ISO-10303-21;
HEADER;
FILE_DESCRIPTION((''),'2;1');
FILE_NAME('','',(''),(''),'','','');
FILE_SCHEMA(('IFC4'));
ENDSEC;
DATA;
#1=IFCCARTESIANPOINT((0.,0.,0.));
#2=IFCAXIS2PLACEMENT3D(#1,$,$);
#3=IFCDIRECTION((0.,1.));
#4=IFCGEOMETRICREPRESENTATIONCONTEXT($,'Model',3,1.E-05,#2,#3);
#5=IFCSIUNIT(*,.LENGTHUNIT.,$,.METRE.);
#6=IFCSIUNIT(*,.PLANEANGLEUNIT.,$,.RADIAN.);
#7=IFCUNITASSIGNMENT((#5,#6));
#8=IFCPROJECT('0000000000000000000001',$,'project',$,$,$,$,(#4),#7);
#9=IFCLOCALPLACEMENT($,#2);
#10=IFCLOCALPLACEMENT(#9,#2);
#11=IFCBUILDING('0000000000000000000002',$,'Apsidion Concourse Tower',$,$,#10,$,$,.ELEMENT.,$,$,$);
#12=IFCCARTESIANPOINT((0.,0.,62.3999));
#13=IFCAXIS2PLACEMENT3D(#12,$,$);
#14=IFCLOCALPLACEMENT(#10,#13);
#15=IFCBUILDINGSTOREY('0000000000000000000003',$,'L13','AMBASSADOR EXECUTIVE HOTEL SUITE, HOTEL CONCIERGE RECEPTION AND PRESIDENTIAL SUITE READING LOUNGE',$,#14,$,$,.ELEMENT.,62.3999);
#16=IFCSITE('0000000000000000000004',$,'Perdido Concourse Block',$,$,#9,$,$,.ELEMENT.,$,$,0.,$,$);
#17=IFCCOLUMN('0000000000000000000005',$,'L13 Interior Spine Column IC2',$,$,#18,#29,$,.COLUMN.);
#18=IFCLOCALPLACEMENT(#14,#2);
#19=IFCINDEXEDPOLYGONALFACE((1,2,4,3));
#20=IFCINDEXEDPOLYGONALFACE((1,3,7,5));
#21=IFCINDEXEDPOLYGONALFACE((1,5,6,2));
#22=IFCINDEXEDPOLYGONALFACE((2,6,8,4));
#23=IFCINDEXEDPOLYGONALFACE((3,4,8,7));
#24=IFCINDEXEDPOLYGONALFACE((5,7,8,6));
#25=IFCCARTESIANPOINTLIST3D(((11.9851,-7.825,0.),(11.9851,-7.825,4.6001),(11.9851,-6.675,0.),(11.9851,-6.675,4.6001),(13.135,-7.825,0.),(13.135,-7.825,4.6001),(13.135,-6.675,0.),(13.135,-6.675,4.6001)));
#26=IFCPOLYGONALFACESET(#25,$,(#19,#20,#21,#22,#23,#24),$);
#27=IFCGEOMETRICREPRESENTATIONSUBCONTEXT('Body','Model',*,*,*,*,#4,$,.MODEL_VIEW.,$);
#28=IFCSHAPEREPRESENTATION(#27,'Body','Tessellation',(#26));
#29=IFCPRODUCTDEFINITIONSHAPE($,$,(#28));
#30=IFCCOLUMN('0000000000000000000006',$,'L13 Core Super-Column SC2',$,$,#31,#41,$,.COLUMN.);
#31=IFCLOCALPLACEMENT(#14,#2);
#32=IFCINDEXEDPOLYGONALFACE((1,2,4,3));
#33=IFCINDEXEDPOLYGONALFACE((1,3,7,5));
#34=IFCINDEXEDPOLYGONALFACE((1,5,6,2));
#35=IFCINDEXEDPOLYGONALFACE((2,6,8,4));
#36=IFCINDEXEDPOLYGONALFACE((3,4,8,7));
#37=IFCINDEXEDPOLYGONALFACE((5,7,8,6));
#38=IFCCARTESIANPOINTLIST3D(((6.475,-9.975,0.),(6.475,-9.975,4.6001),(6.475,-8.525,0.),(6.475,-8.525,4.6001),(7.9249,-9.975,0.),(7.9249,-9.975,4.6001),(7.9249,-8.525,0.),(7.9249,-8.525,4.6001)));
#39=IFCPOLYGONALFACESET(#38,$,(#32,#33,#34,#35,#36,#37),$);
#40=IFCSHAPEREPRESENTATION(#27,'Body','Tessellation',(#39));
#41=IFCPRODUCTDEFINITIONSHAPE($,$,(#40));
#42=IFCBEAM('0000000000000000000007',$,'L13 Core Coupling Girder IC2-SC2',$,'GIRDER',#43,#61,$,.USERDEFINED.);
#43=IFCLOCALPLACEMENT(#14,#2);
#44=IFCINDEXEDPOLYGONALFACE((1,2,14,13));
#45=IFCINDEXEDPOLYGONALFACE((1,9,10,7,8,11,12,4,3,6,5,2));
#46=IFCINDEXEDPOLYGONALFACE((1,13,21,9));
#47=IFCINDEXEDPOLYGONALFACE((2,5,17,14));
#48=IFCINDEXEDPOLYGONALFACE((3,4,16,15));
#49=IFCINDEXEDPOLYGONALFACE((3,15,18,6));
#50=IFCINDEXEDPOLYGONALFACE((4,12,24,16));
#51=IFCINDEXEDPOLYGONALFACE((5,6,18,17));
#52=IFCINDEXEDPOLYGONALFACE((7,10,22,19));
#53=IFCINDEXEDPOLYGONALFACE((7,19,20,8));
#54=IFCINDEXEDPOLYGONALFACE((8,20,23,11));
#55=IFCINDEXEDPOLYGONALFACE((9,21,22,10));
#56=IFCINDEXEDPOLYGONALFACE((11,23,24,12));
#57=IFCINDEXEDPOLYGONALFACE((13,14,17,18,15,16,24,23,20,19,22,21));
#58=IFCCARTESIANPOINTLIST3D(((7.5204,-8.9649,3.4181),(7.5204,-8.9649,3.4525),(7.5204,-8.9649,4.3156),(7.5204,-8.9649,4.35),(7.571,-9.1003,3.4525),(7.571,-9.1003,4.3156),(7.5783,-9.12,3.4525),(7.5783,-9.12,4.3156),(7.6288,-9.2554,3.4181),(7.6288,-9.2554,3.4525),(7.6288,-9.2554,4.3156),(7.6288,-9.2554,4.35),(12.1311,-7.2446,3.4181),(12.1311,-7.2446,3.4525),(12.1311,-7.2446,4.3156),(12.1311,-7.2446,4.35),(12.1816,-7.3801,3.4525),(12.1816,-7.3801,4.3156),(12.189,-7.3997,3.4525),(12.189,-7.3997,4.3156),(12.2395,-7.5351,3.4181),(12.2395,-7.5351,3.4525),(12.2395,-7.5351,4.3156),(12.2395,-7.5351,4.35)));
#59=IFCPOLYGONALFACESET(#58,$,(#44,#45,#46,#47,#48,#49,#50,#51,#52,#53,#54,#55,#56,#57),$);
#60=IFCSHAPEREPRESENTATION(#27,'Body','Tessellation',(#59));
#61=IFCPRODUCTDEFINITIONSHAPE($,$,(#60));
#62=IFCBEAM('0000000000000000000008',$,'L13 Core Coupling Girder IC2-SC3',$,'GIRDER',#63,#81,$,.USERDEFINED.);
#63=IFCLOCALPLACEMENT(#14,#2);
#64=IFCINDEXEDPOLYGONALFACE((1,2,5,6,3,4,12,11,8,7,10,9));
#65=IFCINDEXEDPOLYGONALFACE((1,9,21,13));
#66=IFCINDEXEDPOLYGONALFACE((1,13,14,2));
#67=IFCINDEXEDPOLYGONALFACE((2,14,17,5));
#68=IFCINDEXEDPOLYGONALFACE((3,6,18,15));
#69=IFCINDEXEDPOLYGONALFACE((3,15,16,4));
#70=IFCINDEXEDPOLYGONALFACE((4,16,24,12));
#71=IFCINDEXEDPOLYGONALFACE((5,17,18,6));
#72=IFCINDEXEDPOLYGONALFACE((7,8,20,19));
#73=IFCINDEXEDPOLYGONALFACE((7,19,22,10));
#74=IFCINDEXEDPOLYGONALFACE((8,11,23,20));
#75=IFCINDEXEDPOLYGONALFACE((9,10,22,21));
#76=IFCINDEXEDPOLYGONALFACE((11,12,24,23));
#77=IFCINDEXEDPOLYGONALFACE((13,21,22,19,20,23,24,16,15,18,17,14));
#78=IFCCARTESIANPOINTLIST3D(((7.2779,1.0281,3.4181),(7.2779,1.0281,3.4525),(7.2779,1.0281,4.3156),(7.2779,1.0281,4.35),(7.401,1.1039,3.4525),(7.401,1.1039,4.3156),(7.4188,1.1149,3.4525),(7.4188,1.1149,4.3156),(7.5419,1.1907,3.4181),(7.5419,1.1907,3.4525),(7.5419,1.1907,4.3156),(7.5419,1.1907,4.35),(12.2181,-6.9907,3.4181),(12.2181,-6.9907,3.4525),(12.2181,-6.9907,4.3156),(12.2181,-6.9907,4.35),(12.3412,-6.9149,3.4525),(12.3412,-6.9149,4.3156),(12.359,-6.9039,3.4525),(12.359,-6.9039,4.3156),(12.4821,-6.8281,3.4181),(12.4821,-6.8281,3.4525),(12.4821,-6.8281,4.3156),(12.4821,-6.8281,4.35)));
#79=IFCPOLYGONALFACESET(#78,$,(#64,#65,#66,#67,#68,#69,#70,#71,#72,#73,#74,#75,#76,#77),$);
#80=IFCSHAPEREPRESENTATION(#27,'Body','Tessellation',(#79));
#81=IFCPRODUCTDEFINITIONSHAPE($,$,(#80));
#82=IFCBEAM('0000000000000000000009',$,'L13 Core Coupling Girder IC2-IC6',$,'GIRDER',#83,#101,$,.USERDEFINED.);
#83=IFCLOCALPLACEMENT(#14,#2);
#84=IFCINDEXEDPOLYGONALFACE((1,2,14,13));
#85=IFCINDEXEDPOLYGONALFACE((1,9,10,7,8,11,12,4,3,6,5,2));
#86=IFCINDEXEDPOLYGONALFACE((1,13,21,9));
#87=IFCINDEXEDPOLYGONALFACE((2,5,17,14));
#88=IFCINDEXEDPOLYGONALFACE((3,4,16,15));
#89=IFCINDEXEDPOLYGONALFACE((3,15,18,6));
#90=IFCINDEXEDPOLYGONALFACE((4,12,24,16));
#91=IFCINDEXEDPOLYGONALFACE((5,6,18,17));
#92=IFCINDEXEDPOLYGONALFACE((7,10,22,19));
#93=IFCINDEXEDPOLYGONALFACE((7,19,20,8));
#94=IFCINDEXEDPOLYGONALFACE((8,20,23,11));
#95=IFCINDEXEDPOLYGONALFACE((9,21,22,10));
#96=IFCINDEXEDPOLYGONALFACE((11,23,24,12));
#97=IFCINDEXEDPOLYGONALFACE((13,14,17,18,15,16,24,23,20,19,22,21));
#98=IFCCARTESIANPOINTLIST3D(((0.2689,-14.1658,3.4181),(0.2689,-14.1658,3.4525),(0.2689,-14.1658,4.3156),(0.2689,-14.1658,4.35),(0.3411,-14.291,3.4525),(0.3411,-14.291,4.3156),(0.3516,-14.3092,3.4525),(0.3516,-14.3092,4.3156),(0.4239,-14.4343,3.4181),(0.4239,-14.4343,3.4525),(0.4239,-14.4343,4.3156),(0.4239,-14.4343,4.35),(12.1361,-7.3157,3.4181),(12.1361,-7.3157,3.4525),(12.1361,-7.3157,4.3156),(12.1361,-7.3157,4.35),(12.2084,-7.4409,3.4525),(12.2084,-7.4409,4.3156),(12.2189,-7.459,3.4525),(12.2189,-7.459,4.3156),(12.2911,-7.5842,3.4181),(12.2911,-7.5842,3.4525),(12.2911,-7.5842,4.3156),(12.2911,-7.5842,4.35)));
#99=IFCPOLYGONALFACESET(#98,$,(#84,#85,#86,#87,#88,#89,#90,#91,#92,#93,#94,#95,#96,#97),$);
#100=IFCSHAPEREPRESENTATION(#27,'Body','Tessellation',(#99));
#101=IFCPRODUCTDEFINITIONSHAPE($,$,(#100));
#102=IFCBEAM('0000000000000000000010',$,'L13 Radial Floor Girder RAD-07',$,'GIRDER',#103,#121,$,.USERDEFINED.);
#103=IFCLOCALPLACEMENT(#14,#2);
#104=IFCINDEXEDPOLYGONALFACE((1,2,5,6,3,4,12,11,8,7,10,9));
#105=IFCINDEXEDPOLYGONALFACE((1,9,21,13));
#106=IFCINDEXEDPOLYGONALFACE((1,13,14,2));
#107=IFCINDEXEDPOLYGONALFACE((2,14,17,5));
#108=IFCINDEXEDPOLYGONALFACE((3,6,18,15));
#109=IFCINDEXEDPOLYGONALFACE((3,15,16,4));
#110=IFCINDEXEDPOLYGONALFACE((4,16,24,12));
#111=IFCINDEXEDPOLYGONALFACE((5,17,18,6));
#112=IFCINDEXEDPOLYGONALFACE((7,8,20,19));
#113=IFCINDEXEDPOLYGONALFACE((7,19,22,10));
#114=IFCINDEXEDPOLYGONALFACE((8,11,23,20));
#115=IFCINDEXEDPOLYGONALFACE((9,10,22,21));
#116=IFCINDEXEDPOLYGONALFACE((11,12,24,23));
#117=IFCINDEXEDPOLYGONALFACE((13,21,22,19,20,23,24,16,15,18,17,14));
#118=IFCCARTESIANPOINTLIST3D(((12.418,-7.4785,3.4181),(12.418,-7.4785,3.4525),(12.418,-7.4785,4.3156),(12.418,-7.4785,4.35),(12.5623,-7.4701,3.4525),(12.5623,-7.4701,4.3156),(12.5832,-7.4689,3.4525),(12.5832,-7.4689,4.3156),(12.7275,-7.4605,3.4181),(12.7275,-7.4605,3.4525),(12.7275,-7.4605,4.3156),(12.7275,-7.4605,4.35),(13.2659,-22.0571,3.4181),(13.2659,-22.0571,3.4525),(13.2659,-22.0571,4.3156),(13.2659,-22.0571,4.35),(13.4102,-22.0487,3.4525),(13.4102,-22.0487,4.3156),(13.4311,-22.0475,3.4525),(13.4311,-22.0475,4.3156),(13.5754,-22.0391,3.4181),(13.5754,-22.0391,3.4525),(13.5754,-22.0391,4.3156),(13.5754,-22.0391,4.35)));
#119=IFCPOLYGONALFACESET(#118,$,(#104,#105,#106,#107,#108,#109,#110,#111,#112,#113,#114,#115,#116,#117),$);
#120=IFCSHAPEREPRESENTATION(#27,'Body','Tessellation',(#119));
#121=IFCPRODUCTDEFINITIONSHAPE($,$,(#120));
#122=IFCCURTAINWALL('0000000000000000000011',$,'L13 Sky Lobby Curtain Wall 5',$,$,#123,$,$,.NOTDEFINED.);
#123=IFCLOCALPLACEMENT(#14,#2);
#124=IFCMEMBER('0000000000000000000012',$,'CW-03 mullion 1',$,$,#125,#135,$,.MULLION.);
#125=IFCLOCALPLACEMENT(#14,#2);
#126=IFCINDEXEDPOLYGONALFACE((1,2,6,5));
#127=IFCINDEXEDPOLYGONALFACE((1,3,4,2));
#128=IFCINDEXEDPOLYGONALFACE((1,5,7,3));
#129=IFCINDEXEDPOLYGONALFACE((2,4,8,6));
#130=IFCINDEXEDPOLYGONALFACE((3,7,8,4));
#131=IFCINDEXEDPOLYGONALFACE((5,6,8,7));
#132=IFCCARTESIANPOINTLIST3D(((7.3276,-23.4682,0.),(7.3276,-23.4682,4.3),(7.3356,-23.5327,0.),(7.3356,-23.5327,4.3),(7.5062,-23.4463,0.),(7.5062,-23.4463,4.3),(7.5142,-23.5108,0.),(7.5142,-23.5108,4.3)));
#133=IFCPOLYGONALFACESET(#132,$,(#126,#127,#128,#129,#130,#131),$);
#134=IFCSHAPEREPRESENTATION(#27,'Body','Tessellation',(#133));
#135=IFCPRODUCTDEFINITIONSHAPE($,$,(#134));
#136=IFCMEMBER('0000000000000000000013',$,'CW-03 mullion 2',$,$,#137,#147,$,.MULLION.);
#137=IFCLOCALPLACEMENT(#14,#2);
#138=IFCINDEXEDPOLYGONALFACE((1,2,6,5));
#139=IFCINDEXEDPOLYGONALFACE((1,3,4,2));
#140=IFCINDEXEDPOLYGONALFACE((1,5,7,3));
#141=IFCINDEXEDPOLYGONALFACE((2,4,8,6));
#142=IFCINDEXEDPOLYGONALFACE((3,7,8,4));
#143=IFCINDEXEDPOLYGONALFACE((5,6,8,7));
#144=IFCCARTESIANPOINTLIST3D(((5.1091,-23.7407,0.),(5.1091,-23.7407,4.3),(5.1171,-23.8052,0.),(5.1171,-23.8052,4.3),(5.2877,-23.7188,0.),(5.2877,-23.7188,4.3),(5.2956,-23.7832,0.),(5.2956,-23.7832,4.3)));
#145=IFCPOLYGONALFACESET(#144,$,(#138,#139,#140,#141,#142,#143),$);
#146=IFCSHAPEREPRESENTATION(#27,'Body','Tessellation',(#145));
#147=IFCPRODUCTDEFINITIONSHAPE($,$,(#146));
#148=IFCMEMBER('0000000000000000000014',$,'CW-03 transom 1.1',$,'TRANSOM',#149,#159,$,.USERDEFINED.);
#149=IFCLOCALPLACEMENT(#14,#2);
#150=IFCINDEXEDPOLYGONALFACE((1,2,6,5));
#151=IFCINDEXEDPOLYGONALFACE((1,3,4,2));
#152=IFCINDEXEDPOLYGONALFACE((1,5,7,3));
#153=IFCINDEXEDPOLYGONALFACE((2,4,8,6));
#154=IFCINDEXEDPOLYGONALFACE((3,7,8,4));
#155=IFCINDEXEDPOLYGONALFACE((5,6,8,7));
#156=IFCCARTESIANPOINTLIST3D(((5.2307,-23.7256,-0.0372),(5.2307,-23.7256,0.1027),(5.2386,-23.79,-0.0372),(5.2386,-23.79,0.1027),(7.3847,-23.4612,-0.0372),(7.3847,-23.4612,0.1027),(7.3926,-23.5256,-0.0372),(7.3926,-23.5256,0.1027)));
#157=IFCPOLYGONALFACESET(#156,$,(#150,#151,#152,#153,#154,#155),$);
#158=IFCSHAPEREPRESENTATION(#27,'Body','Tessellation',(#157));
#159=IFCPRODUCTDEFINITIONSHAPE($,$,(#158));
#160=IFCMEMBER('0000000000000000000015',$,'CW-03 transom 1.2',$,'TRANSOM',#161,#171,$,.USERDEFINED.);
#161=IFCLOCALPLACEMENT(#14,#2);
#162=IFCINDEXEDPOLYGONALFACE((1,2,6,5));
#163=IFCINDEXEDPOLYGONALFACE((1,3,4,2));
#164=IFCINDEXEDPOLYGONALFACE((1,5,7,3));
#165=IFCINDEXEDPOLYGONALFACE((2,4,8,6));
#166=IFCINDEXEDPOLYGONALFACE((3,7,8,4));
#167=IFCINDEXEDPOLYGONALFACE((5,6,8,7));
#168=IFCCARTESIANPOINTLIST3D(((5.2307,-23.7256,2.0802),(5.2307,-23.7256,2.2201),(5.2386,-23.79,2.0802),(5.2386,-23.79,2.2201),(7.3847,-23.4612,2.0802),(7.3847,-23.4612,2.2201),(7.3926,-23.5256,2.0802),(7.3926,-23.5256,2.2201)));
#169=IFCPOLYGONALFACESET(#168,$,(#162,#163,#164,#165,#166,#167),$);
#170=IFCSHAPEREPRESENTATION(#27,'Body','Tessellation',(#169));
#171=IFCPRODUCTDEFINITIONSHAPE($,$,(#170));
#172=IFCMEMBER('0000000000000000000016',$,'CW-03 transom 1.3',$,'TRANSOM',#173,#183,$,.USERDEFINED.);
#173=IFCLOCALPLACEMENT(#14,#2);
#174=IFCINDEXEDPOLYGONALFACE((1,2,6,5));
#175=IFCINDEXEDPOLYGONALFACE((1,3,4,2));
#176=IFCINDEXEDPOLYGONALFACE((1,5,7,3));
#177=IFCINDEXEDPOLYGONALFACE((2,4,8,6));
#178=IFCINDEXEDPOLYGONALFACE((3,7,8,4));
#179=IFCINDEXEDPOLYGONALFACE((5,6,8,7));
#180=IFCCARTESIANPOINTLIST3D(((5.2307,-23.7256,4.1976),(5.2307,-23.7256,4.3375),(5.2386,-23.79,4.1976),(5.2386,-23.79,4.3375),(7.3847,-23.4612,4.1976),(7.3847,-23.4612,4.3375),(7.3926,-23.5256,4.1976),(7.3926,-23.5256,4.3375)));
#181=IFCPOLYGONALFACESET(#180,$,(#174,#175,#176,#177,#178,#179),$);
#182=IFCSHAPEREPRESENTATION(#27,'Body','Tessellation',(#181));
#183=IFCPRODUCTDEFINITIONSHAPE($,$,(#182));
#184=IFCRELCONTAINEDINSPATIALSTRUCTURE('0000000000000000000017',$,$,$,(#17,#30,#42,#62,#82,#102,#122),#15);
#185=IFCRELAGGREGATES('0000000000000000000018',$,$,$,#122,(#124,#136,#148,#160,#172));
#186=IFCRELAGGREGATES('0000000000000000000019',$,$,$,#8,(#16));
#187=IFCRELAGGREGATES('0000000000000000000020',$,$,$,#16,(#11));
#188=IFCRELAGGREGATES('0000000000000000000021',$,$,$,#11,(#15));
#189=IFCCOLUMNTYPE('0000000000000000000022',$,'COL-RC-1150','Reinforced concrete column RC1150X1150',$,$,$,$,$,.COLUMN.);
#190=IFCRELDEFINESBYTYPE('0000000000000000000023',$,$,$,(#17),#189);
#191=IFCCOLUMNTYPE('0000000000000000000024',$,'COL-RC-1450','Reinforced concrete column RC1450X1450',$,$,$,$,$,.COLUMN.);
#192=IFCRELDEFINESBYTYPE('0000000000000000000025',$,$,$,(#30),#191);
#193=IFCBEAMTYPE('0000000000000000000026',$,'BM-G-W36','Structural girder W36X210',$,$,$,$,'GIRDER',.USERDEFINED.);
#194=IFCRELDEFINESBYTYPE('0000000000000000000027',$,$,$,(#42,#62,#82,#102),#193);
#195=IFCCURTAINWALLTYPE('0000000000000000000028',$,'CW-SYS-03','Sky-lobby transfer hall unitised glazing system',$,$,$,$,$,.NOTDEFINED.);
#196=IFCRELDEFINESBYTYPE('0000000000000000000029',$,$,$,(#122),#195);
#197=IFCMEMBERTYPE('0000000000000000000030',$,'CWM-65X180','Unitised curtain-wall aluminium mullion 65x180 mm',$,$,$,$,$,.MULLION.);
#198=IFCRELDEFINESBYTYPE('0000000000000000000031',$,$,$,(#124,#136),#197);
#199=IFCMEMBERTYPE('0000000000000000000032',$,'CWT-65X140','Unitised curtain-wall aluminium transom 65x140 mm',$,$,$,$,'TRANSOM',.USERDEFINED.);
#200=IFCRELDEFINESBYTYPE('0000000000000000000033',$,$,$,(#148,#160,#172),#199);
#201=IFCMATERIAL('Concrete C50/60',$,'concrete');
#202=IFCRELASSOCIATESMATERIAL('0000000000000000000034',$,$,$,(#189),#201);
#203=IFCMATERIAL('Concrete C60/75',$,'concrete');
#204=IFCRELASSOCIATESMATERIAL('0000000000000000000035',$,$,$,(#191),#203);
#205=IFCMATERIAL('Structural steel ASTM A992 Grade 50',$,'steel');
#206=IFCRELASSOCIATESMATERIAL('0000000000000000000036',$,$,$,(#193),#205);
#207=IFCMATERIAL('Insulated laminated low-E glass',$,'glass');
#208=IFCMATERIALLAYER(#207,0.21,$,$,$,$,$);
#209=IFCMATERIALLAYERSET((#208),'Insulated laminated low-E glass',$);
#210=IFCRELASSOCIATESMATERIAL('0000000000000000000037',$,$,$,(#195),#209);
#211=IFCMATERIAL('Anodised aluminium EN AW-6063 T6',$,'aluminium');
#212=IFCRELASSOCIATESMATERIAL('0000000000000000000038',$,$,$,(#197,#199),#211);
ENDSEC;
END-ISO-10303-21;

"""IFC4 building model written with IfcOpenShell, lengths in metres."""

from ifc_helpers import new_model, si_unit, direction, frame, origin, origin_2d, place, context, subcontext, project, spatial, rectangle, i_section, extrude, material, layer, layer_set, material_profile, profile_set, type_object, element, aggregate, save


model = new_model("IFC4")

# Units and contexts
model_context = context("Model", 3, precision=1e-05, world=origin(), true_north=direction((0.0, 1.0)))
body_context = subcontext(model_context, "Body", "Model", "MODEL_VIEW")
ifc_project = project(units=[si_unit("LENGTHUNIT", "METRE"), si_unit("PLANEANGLEUNIT", "RADIAN")], contexts=[model_context])

# Site, building, storey
site_placement = place(None, origin())
site = spatial("IfcSite", under=ifc_project, at=site_placement, Name="Perdido Concourse Block", CompositionType="ELEMENT", RefElevation=0.0)
building_placement = place(site_placement, origin())
building = spatial("IfcBuilding", under=site, at=building_placement, Name="Apsidion Concourse Tower", CompositionType="ELEMENT")
storey_placement = place(building_placement, frame((0.0, 0.0, 62.3999)))
storey = spatial("IfcBuildingStorey", under=building, at=storey_placement, Name="L13", Description="AMBASSADOR EXECUTIVE HOTEL SUITE, HOTEL CONCIERGE RECEPTION AND PRESIDENTIAL SUITE READING LOUNGE", CompositionType="ELEMENT", Elevation=62.3999)

# Columns
ifc_material_1 = material(Name="Concrete C50/60", Category="concrete")
ifc_material_profile_1 = material_profile(ifc_material_1, rectangle(XDim=1.1499, YDim=1.1499, at=origin_2d()), Name="RC 1150x1150")
ifc_profile_set_1 = profile_set([ifc_material_profile_1], Name="Concrete C50/60")
column_type_1 = type_object("IfcColumnType", Name="COL-RC-1150", Description="Reinforced concrete column RC1150X1150", PredefinedType="COLUMN", material=ifc_profile_set_1)
column_1_placement = place(storey_placement, frame((12.5601, -7.25, 0.0), z_axis=(0.0, 0.0, 1.0), x_axis=(1.0, 0.0, 0.0)))
element("IfcColumn", 1, at=column_1_placement, inside=storey, type_object=column_type_1, Name="L13 Interior Spine Column IC2", PredefinedType="COLUMN", context=body_context, shape_type="SweptSolid", body=[
    extrude(rectangle(XDim=1.1499, YDim=1.1499, at=origin_2d()), origin(), (0.0, 0.0, 1.0), 4.6001),
])
ifc_material_2 = material(Name="Concrete C60/75", Category="concrete")
ifc_material_profile_2 = material_profile(ifc_material_2, rectangle(XDim=1.45, YDim=1.45, at=origin_2d()), Name="RC 1450x1450")
ifc_profile_set_2 = profile_set([ifc_material_profile_2], Name="Concrete C60/75")
column_type_2 = type_object("IfcColumnType", Name="COL-RC-1450", Description="Reinforced concrete column RC1450X1450", PredefinedType="COLUMN", material=ifc_profile_set_2)
column_2_placement = place(storey_placement, frame((7.2, -9.25, 0.0), z_axis=(0.0, 0.0, 1.0), x_axis=(1.0, 0.0, 0.0)))
element("IfcColumn", 2, at=column_2_placement, inside=storey, type_object=column_type_2, Name="L13 Core Super-Column SC2", PredefinedType="COLUMN", context=body_context, shape_type="SweptSolid", body=[
    extrude(rectangle(XDim=1.45, YDim=1.45, at=origin_2d()), origin(), (0.0, 0.0, 1.0), 4.6001),
])

# Beams
ifc_material_3 = material(Name="Structural steel ASTM A992 Grade 50", Category="steel")
ifc_material_profile_3 = material_profile(ifc_material_3, i_section(OverallWidth=0.3101, OverallDepth=0.9319, WebThickness=0.021, FlangeThickness=0.0344, at=origin_2d()), Name="W36X210")
ifc_profile_set_3 = profile_set([ifc_material_profile_3], Name="Structural steel ASTM A992 Grade 50")
beam_type = type_object("IfcBeamType", Name="BM-G-W36", Description="Structural girder W36X210", ElementType="GIRDER", PredefinedType="USERDEFINED", material=ifc_profile_set_3)
beam_1_placement = place(storey_placement, frame((12.1853, -7.3899, 3.884), z_axis=(-0.936913, -0.349563, 0.0), x_axis=(0.349563, -0.936913, 0.0)))
element("IfcBeam", 3, at=beam_1_placement, inside=storey, type_object=beam_type, Name="L13 Core Coupling Girder IC2-SC2", ObjectType="GIRDER", PredefinedType="USERDEFINED", context=body_context, shape_type="SweptSolid", body=[
    extrude(i_section(OverallWidth=0.3101, OverallDepth=0.9319, WebThickness=0.021, FlangeThickness=0.0344, at=origin_2d()), origin(), (0.0, 0.0, 1.0), 4.9211),
])
beam_2_placement = place(storey_placement, frame((12.3501, -6.9094, 3.884), z_axis=(-0.524524, 0.851396, 0.0), x_axis=(-0.851396, -0.524524, 0.0)))
element("IfcBeam", 4, at=beam_2_placement, inside=storey, type_object=beam_type, Name="L13 Core Coupling Girder IC2-SC3", ObjectType="GIRDER", PredefinedType="USERDEFINED", context=body_context, shape_type="SweptSolid", body=[
    extrude(i_section(OverallWidth=0.3101, OverallDepth=0.9319, WebThickness=0.021, FlangeThickness=0.0344, at=origin_2d()), origin(), (0.0, 0.0, 1.0), 9.4185),
])
beam_3_placement = place(storey_placement, frame((12.2136, -7.45, 3.884), z_axis=(-0.86607, -0.499922, 0.0), x_axis=(0.499922, -0.86607, 0.0)))
element("IfcBeam", 5, at=beam_3_placement, inside=storey, type_object=beam_type, Name="L13 Core Coupling Girder IC2-IC6", ObjectType="GIRDER", PredefinedType="USERDEFINED", context=body_context, shape_type="SweptSolid", body=[
    extrude(i_section(OverallWidth=0.3101, OverallDepth=0.9319, WebThickness=0.021, FlangeThickness=0.0344, at=origin_2d()), origin(), (0.0, 0.0, 1.0), 13.7024),
])
beam_4_placement = place(storey_placement, frame((12.5728, -7.4695, 3.884), z_axis=(0.058062, -0.998313, 0.0), x_axis=(0.998313, 0.058062, 0.0)))
element("IfcBeam", 6, at=beam_4_placement, inside=storey, type_object=beam_type, Name="L13 Radial Floor Girder RAD-07", ObjectType="GIRDER", PredefinedType="USERDEFINED", context=body_context, shape_type="SweptSolid", body=[
    extrude(i_section(OverallWidth=0.3101, OverallDepth=0.9319, WebThickness=0.021, FlangeThickness=0.0344, at=origin_2d()), origin(), (0.0, 0.0, 1.0), 14.6033),
])

# Curtain wall, members
ifc_material_4 = material(Name="Insulated laminated low-E glass", Category="glass")
ifc_layer_1 = layer(ifc_material_4, 0.21)
ifc_layer_set_1 = layer_set([ifc_layer_1], Name="Insulated laminated low-E glass")
curtain_wall_type = type_object("IfcCurtainWallType", Name="CW-SYS-03", Description="Sky-lobby transfer hall unitised glazing system", PredefinedType="NOTDEFINED", material=ifc_layer_set_1)
curtain_wall_placement = place(storey_placement, origin())
curtain_wall = element("IfcCurtainWall", 7, at=curtain_wall_placement, inside=storey, type_object=curtain_wall_type, Name="L13 Sky Lobby Curtain Wall 5", PredefinedType="NOTDEFINED")
ifc_material_5 = material(Name="Anodised aluminium EN AW-6063 T6", Category="aluminium")
ifc_material_profile_4 = material_profile(ifc_material_5, rectangle(XDim=0.0649, YDim=0.1799, at=origin_2d()), Name="ALU MULLION 65x180")
ifc_profile_set_4 = profile_set([ifc_material_profile_4], Name="Anodised aluminium EN AW-6063 T6")
member_type_1 = type_object("IfcMemberType", Name="CWM-65X180", Description="Unitised curtain-wall aluminium mullion 65x180 mm", PredefinedType="MULLION", material=ifc_profile_set_4)
member_1_placement = place(storey_placement, frame((7.4209, -23.4895, 0.0), z_axis=(0.0, 0.0, 1.0), x_axis=(0.121872, -0.992546, 0.0)))
member_1 = element("IfcMember", 8, at=member_1_placement, type_object=member_type_1, Name="CW-03 mullion 1", PredefinedType="MULLION", context=body_context, shape_type="SweptSolid", body=[
    extrude(rectangle(XDim=0.0649, YDim=0.1799, at=origin_2d()), origin(), (0.0, 0.0, 1.0), 4.3),
])
member_2_placement = place(storey_placement, frame((5.2024, -23.762, 0.0), z_axis=(0.0, 0.0, 1.0), x_axis=(0.121872, -0.992546, 0.0)))
member_2 = element("IfcMember", 9, at=member_2_placement, type_object=member_type_1, Name="CW-03 mullion 2", PredefinedType="MULLION", context=body_context, shape_type="SweptSolid", body=[
    extrude(rectangle(XDim=0.0649, YDim=0.1799, at=origin_2d()), origin(), (0.0, 0.0, 1.0), 4.3),
])
ifc_material_profile_5 = material_profile(ifc_material_5, rectangle(XDim=0.0649, YDim=0.1399, at=origin_2d()), Name="ALU TRANSOM 65x140")
ifc_profile_set_5 = profile_set([ifc_material_profile_5], Name="Anodised aluminium EN AW-6063 T6")
member_type_2 = type_object("IfcMemberType", Name="CWT-65X140", Description="Unitised curtain-wall aluminium transom 65x140 mm", ElementType="TRANSOM", PredefinedType="USERDEFINED", material=ifc_profile_set_5)
member_3_placement = place(storey_placement, frame((7.3887, -23.4934, 0.0327), z_axis=(-0.992551, -0.121833, 0.0), x_axis=(0.121833, -0.992551, 0.0)))
member_3 = element("IfcMember", 10, at=member_3_placement, type_object=member_type_2, Name="CW-03 transom 1.1", ObjectType="TRANSOM", PredefinedType="USERDEFINED", context=body_context, shape_type="SweptSolid", body=[
    extrude(rectangle(XDim=0.0649, YDim=0.1399, at=origin_2d()), origin(), (0.0, 0.0, 1.0), 2.1702),
])
member_4_placement = place(storey_placement, frame((7.3887, -23.4934, 2.1501), z_axis=(-0.992551, -0.121833, 0.0), x_axis=(0.121833, -0.992551, 0.0)))
member_4 = element("IfcMember", 11, at=member_4_placement, type_object=member_type_2, Name="CW-03 transom 1.2", ObjectType="TRANSOM", PredefinedType="USERDEFINED", context=body_context, shape_type="SweptSolid", body=[
    extrude(rectangle(XDim=0.0649, YDim=0.1399, at=origin_2d()), origin(), (0.0, 0.0, 1.0), 2.1702),
])
member_5_placement = place(storey_placement, frame((7.3887, -23.4934, 4.2676), z_axis=(-0.992551, -0.121833, 0.0), x_axis=(0.121833, -0.992551, 0.0)))
member_5 = element("IfcMember", 12, at=member_5_placement, type_object=member_type_2, Name="CW-03 transom 1.3", ObjectType="TRANSOM", PredefinedType="USERDEFINED", context=body_context, shape_type="SweptSolid", body=[
    extrude(rectangle(XDim=0.0649, YDim=0.1399, at=origin_2d()), origin(), (0.0, 0.0, 1.0), 2.1702),
])
aggregate(curtain_wall, [member_1, member_2, member_3, member_4, member_5])

save(model, "model.ifc")
